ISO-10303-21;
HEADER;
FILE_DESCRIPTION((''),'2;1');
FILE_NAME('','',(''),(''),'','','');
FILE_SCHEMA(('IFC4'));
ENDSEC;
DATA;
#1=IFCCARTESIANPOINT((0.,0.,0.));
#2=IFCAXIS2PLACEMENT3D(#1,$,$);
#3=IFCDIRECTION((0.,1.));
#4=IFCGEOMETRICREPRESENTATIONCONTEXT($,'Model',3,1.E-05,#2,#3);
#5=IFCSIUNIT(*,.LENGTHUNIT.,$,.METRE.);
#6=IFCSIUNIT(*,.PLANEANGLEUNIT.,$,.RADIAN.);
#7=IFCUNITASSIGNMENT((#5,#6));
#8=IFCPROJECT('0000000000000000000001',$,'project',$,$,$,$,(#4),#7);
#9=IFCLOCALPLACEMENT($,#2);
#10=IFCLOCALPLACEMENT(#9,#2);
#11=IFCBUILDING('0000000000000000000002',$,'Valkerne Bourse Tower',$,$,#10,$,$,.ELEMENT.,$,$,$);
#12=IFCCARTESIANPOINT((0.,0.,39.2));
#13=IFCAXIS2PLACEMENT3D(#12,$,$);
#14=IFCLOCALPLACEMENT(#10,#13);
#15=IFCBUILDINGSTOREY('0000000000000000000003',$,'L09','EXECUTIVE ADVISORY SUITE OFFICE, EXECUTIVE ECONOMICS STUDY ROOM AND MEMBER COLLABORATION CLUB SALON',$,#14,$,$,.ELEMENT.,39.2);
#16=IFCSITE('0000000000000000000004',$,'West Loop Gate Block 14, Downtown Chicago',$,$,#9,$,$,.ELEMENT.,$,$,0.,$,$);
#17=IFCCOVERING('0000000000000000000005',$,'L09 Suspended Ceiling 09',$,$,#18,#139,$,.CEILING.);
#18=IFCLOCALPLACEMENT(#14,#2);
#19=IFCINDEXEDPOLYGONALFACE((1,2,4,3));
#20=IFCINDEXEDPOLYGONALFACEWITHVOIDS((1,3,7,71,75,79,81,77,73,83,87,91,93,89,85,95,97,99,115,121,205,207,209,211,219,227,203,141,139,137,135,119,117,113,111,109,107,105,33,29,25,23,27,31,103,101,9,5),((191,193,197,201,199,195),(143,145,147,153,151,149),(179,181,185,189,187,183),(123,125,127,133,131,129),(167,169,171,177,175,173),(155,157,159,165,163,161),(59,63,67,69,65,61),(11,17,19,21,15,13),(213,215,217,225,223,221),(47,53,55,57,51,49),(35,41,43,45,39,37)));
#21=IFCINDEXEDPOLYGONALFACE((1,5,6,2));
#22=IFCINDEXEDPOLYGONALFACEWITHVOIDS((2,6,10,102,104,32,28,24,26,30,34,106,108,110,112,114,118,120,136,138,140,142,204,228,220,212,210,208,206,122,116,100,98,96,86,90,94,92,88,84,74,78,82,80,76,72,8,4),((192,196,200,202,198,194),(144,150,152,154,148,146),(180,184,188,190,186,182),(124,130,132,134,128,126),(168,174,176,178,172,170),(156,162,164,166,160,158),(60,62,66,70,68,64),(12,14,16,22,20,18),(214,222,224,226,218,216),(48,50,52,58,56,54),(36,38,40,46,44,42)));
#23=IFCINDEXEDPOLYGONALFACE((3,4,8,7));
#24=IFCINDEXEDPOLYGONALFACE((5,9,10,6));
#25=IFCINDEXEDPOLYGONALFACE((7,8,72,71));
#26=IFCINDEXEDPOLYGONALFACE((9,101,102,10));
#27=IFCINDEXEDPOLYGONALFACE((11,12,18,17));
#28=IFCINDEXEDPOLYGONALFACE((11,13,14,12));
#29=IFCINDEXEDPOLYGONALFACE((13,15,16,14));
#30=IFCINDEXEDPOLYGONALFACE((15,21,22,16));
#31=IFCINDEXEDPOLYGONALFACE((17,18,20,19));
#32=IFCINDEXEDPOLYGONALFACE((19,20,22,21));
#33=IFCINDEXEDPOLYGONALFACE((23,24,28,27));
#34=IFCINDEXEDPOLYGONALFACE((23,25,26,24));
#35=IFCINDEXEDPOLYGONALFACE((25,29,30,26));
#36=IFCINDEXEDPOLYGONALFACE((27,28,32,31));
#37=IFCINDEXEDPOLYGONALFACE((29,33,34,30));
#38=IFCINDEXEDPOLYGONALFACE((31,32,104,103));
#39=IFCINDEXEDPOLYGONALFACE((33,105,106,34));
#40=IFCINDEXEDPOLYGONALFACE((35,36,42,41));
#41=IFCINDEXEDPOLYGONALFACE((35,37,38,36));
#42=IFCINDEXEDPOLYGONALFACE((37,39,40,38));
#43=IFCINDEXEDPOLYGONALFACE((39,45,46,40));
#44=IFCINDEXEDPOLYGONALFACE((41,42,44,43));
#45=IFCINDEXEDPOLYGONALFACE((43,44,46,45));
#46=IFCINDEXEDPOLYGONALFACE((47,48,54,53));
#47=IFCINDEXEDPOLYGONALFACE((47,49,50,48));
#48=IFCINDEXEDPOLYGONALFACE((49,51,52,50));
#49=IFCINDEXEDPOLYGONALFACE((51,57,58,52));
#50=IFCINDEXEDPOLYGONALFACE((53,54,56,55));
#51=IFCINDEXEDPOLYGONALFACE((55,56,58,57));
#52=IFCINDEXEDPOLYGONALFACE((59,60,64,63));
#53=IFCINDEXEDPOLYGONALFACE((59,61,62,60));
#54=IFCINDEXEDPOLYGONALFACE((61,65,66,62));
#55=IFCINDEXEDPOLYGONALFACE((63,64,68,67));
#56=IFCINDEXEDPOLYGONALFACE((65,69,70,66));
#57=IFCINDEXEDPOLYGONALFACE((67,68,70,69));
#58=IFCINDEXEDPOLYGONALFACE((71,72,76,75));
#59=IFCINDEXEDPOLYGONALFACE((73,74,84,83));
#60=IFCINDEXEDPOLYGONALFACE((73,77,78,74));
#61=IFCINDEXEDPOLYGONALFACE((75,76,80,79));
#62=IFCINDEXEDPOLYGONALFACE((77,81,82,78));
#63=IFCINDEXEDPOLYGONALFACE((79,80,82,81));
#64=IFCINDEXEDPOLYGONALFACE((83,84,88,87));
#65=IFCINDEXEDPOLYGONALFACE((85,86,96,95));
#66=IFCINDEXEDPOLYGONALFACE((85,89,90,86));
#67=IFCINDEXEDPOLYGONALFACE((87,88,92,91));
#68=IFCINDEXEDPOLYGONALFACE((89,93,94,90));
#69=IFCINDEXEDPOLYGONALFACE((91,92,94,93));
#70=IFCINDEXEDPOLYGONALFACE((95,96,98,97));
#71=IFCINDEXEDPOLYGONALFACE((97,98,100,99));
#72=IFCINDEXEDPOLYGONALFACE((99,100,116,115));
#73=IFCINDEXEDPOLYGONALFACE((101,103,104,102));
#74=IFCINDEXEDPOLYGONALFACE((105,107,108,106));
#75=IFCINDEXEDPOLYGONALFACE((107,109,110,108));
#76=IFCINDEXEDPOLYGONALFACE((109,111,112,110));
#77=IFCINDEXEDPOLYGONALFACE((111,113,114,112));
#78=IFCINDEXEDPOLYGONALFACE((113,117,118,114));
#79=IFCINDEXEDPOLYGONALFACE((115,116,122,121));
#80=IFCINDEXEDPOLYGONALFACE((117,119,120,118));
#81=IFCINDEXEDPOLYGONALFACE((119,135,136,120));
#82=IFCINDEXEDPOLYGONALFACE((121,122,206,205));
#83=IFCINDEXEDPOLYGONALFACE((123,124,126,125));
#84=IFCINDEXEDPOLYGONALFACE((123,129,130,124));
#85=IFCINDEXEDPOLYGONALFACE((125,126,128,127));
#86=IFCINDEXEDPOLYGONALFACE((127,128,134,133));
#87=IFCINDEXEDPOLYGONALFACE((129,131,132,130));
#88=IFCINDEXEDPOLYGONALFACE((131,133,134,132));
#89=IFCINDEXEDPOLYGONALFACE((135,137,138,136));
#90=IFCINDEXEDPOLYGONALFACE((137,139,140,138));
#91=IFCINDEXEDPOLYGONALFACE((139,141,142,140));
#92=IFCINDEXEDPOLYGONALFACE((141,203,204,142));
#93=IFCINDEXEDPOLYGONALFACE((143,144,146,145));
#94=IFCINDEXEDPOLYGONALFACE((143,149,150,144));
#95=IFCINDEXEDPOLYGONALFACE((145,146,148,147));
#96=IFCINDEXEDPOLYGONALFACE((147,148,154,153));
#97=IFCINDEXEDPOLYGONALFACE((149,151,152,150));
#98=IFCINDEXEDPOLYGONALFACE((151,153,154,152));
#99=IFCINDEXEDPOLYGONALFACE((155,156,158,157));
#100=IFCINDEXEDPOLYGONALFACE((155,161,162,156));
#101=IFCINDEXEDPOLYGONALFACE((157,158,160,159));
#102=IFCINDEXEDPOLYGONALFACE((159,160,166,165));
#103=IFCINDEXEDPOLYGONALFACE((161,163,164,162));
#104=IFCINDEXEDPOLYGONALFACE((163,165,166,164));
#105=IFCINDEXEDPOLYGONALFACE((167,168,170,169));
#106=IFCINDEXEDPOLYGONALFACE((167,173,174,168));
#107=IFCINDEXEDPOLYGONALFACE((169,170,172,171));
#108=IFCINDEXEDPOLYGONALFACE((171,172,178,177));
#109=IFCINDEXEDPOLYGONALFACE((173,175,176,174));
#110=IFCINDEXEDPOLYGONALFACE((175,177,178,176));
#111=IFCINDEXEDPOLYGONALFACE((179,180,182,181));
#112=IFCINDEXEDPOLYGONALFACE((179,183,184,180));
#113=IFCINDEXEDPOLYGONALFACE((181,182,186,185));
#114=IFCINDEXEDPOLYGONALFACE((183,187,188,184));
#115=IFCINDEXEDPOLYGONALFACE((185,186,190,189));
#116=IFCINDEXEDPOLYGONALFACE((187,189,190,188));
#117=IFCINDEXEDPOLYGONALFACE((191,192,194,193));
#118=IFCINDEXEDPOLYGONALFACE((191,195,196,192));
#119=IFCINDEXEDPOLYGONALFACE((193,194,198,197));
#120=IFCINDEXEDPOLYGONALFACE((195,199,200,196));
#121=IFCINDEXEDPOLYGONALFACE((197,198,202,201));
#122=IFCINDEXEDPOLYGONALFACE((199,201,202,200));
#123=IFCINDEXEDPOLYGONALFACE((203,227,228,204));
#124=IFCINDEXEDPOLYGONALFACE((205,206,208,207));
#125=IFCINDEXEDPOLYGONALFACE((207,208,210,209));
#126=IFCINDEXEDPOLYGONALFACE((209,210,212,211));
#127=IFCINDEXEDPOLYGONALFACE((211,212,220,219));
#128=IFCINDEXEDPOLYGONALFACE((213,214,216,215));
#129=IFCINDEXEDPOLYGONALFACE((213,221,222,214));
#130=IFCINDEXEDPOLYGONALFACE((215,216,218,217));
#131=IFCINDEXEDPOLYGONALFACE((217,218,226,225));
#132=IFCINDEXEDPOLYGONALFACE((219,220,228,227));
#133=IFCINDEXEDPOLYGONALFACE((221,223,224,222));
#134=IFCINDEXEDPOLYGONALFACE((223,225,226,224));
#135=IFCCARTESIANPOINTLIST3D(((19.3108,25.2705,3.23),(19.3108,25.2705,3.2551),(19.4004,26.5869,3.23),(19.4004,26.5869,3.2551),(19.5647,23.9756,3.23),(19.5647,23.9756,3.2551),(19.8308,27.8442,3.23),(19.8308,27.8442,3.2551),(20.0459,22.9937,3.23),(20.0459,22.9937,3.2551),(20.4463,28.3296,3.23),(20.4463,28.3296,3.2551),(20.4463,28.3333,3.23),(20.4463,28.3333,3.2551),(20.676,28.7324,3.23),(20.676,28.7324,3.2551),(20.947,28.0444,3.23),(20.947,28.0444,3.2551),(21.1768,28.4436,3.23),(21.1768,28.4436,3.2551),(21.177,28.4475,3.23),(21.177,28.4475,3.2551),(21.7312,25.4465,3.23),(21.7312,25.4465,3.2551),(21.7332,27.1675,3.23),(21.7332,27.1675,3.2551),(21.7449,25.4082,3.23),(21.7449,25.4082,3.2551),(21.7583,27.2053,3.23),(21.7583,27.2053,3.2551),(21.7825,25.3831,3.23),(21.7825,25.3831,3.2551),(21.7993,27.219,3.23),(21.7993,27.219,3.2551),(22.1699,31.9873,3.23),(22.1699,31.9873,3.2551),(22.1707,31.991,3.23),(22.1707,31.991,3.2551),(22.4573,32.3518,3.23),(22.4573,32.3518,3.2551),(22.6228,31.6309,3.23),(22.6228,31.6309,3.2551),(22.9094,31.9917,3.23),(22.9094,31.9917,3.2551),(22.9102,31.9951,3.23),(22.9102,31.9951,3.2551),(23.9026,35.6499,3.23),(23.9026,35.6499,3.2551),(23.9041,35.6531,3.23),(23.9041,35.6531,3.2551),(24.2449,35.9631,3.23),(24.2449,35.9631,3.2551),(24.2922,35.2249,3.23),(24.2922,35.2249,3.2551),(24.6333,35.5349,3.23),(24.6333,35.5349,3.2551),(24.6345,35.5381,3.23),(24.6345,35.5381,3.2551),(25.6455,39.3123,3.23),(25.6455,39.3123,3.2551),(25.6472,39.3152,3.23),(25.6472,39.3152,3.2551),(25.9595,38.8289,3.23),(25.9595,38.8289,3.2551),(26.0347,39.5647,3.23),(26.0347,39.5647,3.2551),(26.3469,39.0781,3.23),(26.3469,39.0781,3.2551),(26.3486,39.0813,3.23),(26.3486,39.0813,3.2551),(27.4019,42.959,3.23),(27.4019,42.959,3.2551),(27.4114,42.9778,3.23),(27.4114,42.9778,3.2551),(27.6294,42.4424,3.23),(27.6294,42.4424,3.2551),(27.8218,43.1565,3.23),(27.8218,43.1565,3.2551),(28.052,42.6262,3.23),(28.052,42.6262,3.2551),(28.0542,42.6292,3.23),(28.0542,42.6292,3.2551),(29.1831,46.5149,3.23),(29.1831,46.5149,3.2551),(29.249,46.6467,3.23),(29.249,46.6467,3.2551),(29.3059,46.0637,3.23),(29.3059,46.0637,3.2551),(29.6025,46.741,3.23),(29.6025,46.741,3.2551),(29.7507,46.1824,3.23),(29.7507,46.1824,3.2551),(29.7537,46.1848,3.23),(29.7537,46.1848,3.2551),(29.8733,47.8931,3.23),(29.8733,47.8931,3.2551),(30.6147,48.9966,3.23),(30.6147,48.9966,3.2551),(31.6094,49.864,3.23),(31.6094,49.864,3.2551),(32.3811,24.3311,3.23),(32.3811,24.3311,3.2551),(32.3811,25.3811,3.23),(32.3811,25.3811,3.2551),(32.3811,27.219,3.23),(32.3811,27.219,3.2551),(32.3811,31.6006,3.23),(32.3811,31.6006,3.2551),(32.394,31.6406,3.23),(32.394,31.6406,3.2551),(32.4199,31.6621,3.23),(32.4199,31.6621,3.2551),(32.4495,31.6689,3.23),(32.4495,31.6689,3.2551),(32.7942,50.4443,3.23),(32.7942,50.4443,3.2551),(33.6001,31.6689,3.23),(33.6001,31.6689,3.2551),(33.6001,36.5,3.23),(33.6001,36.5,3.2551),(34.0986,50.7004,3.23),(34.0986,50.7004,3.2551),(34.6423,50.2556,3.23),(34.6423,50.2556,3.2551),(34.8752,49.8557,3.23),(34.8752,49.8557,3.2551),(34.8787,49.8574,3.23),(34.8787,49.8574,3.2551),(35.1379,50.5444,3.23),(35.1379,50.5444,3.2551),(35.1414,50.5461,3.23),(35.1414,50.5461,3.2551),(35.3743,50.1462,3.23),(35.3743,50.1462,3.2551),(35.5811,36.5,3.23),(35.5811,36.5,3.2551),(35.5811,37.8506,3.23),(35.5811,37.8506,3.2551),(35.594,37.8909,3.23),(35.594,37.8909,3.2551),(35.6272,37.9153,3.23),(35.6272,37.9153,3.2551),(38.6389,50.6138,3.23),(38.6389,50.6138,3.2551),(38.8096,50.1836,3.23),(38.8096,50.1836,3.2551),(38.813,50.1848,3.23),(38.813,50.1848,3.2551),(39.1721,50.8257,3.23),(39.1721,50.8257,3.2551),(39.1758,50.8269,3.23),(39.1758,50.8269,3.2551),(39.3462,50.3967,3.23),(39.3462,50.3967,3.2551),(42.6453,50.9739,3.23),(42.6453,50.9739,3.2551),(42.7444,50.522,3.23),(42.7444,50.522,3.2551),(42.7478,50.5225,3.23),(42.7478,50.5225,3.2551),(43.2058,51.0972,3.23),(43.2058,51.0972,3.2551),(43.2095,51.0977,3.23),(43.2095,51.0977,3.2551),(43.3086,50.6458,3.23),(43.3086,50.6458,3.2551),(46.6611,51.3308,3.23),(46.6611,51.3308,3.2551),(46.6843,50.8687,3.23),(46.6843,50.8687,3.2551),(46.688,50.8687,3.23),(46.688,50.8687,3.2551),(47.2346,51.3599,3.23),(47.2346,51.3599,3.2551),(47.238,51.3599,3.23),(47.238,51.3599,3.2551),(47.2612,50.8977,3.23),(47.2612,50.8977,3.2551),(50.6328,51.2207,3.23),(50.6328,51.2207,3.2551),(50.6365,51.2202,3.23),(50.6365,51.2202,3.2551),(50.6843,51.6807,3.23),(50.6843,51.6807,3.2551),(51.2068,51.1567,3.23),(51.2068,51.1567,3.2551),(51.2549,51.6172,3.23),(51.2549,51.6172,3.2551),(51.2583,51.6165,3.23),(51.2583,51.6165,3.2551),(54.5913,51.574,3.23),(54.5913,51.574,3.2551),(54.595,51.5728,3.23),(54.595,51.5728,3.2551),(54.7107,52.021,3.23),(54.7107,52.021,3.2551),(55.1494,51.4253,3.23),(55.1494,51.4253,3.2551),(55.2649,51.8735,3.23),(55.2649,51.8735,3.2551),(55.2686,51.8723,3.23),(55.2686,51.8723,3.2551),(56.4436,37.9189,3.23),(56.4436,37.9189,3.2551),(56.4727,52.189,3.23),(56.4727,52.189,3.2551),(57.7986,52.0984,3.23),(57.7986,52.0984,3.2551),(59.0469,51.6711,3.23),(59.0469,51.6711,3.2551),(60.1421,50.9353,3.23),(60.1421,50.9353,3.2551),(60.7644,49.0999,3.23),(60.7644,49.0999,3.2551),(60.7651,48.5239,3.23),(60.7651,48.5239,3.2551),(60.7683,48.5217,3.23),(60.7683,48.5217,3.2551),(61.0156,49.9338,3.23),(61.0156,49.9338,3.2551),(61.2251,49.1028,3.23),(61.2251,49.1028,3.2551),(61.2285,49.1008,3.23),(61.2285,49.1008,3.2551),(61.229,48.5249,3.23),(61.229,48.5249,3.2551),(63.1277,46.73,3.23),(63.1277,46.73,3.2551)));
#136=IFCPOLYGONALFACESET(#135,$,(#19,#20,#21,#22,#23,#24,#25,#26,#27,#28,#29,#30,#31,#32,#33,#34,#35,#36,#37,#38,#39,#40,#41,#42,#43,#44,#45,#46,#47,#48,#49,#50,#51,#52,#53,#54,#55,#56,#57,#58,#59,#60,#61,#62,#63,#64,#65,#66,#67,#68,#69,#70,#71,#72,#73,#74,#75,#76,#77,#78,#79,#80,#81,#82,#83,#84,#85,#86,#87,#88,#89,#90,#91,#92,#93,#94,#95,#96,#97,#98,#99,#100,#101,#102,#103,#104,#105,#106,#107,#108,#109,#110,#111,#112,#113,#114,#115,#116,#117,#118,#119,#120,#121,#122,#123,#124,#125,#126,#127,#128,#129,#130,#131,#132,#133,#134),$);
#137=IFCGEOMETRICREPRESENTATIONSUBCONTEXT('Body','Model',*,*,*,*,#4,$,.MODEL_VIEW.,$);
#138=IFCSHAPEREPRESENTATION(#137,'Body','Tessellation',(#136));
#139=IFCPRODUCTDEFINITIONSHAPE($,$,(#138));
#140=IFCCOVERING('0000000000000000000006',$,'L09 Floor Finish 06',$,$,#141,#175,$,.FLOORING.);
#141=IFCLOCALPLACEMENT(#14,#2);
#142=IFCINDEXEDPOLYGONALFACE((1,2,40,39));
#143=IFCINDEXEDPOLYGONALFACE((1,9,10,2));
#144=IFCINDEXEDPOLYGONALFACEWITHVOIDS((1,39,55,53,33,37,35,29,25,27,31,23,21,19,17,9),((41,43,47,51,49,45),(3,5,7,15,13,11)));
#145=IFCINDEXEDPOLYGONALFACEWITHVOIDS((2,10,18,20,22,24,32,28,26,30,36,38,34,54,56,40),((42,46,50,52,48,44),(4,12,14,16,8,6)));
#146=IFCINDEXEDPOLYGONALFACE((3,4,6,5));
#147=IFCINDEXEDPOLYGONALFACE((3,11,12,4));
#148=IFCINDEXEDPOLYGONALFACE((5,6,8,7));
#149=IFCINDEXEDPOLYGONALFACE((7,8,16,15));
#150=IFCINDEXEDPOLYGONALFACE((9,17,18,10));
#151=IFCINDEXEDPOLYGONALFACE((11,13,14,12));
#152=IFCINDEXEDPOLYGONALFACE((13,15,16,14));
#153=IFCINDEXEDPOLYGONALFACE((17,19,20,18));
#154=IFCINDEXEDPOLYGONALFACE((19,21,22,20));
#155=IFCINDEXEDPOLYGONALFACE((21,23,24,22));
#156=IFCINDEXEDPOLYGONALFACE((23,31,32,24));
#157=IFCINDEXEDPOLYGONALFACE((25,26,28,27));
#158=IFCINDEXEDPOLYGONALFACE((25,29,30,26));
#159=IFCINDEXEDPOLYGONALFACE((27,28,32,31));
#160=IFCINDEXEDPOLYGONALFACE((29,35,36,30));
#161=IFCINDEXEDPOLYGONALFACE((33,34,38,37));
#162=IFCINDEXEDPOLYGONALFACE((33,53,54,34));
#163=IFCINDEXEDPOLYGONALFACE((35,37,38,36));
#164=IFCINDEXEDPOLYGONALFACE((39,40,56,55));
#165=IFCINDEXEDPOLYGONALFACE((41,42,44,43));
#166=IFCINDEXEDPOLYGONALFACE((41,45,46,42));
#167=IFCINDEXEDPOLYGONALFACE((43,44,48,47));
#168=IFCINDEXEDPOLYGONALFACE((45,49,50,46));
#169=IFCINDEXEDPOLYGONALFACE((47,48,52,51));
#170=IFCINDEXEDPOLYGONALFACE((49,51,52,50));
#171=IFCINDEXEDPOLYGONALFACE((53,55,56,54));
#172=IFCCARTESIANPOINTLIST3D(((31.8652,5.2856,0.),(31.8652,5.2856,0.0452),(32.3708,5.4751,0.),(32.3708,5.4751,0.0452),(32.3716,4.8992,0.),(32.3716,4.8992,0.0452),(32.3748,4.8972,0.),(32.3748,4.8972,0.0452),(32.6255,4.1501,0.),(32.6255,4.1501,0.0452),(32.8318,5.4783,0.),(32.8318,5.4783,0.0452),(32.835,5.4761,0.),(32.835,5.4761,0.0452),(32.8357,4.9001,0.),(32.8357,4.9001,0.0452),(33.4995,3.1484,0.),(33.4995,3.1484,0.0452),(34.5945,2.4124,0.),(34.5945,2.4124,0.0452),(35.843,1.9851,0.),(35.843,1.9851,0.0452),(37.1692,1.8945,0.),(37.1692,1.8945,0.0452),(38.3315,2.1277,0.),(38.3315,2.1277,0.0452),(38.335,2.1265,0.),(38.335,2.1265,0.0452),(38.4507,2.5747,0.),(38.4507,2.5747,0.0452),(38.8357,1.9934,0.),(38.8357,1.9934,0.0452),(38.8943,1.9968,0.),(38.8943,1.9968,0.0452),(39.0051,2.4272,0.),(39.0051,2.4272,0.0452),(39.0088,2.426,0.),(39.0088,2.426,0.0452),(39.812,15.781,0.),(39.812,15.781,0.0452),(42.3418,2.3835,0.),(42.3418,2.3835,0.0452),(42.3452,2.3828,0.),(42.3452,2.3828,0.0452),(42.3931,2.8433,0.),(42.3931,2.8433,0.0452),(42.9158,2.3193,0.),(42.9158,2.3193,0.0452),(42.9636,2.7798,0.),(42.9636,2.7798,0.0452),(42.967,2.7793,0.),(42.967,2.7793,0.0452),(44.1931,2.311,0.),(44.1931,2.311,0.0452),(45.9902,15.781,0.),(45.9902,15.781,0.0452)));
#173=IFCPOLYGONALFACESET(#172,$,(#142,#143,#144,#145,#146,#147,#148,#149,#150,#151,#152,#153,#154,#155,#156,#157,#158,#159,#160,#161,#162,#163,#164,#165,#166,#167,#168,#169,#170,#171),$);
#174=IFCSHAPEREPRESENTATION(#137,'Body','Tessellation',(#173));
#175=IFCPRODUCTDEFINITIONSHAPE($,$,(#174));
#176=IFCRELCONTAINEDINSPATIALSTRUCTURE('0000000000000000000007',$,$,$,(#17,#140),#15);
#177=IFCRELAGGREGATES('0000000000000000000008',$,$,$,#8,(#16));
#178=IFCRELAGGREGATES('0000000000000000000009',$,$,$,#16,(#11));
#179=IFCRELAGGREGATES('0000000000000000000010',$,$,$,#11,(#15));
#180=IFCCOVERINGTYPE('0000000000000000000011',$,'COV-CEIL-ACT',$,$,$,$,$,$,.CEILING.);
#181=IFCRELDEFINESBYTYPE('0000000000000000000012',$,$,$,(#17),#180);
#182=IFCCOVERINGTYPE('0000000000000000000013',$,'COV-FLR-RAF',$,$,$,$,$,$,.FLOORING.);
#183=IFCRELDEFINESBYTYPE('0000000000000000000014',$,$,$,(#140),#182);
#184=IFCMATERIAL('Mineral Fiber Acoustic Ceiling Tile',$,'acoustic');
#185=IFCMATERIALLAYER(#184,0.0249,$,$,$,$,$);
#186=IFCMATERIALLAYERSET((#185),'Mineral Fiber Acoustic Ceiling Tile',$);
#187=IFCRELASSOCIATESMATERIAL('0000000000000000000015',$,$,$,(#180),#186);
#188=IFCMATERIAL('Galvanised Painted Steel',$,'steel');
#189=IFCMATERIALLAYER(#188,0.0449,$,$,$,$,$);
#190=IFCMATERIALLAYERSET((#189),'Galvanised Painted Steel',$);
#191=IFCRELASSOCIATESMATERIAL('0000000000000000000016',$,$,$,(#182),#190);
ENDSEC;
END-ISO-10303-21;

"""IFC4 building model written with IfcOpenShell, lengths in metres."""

from ifc_helpers import new_model, si_unit, direction, frame, origin, place, context, subcontext, project, spatial, polyline, outline, extrude, material, layer, layer_set, type_object, element, save


model = new_model("IFC4")

# Units and contexts
model_context = context("Model", 3, precision=1e-05, world=origin(), true_north=direction((0.0, 1.0)))
body_context = subcontext(model_context, "Body", "Model", "MODEL_VIEW")
ifc_project = project(units=[si_unit("LENGTHUNIT", "METRE"), si_unit("PLANEANGLEUNIT", "RADIAN")], contexts=[model_context])

# Site, building, storey
site_placement = place(None, origin())
site = spatial("IfcSite", under=ifc_project, at=site_placement, Name="West Loop Gate Block 14, Downtown Chicago", CompositionType="ELEMENT", RefElevation=0.0)
building_placement = place(site_placement, origin())
building = spatial("IfcBuilding", under=site, at=building_placement, Name="Valkerne Bourse Tower", CompositionType="ELEMENT")
storey_placement = place(building_placement, frame((0.0, 0.0, 39.2)))
storey = spatial("IfcBuildingStorey", under=building, at=storey_placement, Name="L09", Description="EXECUTIVE ADVISORY SUITE OFFICE, EXECUTIVE ECONOMICS STUDY ROOM AND MEMBER COLLABORATION CLUB SALON", CompositionType="ELEMENT", Elevation=39.2)

# Coverings
ifc_material_1 = material(Name="Mineral Fiber Acoustic Ceiling Tile", Category="acoustic")
ifc_layer_1 = layer(ifc_material_1, 0.0249)
ifc_layer_set_1 = layer_set([ifc_layer_1], Name="Mineral Fiber Acoustic Ceiling Tile")
covering_type_1 = type_object("IfcCoveringType", Name="COV-CEIL-ACT", PredefinedType="CEILING", material=ifc_layer_set_1)
covering_1_placement = place(storey_placement, frame((0.0, 0.0, 3.23)))
element("IfcCovering", 1, at=covering_1_placement, inside=storey, type_object=covering_type_1, Name="L09 Suspended Ceiling 09", PredefinedType="CEILING", context=body_context, shape_type="SweptSolid", body=[
    extrude(outline(polyline([(19.4004, 26.5869), (19.8308, 27.8442), (27.4019, 42.959), (27.6294, 42.4424), (28.052, 42.6262), (28.0542, 42.6292), (27.8218, 43.1565), (27.4114, 42.9778), (29.1831, 46.5149), (29.3059, 46.0637), (29.7507, 46.1824), (29.7537, 46.1848), (29.6025, 46.741), (29.249, 46.6467), (29.8733, 47.8931), (30.6147, 48.9966), (31.6094, 49.864), (32.7942, 50.4443), (34.0986, 50.7004), (56.4727, 52.189), (57.7986, 52.0984), (59.0469, 51.6711), (60.1421, 50.9353), (61.0156, 49.9338), (63.1277, 46.73), (56.4436, 37.9189), (35.6272, 37.9153), (35.594, 37.8909), (35.5811, 37.8506), (35.5811, 36.5), (33.6001, 36.5), (33.6001, 31.6689), (32.4495, 31.6689), (32.4199, 31.6621), (32.394, 31.6406), (32.3811, 31.6006), (32.3811, 27.219), (21.7993, 27.219), (21.7583, 27.2053), (21.7332, 27.1675), (21.7312, 25.4465), (21.7449, 25.4082), (21.7825, 25.3831), (32.3811, 25.3811), (32.3811, 24.3311), (20.0459, 22.9937), (19.5647, 23.9756), (19.3108, 25.2705), (19.4004, 26.5869)]), holes=[polyline([(21.177, 28.4475), (20.676, 28.7324), (20.4463, 28.3333), (20.4463, 28.3296), (20.947, 28.0444), (21.1768, 28.4436), (21.177, 28.4475)]), polyline([(22.9094, 31.9917), (22.9102, 31.9951), (22.4573, 32.3518), (22.1707, 31.991), (22.1699, 31.9873), (22.6228, 31.6309), (22.9094, 31.9917)]), polyline([(24.6345, 35.5381), (24.2449, 35.9631), (23.9041, 35.6531), (23.9026, 35.6499), (24.2922, 35.2249), (24.6333, 35.5349), (24.6345, 35.5381)]), polyline([(26.3469, 39.0781), (26.3486, 39.0813), (26.0347, 39.5647), (25.6472, 39.3152), (25.6455, 39.3123), (25.9595, 38.8289), (26.3469, 39.0781)]), polyline([(34.8787, 49.8574), (35.3743, 50.1462), (35.1414, 50.5461), (35.1379, 50.5444), (34.6423, 50.2556), (34.8752, 49.8557), (34.8787, 49.8574)]), polyline([(38.813, 50.1848), (39.3462, 50.3967), (39.1758, 50.8269), (39.1721, 50.8257), (38.6389, 50.6138), (38.8096, 50.1836), (38.813, 50.1848)]), polyline([(42.7478, 50.5225), (43.3086, 50.6458), (43.2095, 51.0977), (43.2058, 51.0972), (42.6453, 50.9739), (42.7444, 50.522), (42.7478, 50.5225)]), polyline([(47.238, 51.3599), (47.2346, 51.3599), (46.6611, 51.3308), (46.6843, 50.8687), (46.688, 50.8687), (47.2612, 50.8977), (47.238, 51.3599)]), polyline([(51.2583, 51.6165), (51.2549, 51.6172), (50.6843, 51.6807), (50.6328, 51.2207), (50.6365, 51.2202), (51.2068, 51.1567), (51.2583, 51.6165)]), polyline([(55.2686, 51.8723), (55.2649, 51.8735), (54.7107, 52.021), (54.5913, 51.574), (54.595, 51.5728), (55.1494, 51.4253), (55.2686, 51.8723)]), polyline([(61.229, 48.5249), (61.2285, 49.1008), (61.2251, 49.1028), (60.7644, 49.0999), (60.7651, 48.5239), (60.7683, 48.5217), (61.229, 48.5249)])]), origin(), (0.0, 0.0, 1.0), 0.0251),
])
ifc_material_2 = material(Name="Galvanised Painted Steel", Category="steel")
ifc_layer_2 = layer(ifc_material_2, 0.0449)
ifc_layer_set_2 = layer_set([ifc_layer_2], Name="Galvanised Painted Steel")
covering_type_2 = type_object("IfcCoveringType", Name="COV-FLR-RAF", PredefinedType="FLOORING", material=ifc_layer_set_2)
covering_2_placement = place(storey_placement, origin())
element("IfcCovering", 2, at=covering_2_placement, inside=storey, type_object=covering_type_2, Name="L09 Floor Finish 06", PredefinedType="FLOORING", context=body_context, shape_type="SweptSolid", body=[
    extrude(outline(polyline([(34.5945, 2.4124), (33.4995, 3.1484), (32.6255, 4.1501), (31.8652, 5.2856), (39.812, 15.781), (45.9902, 15.781), (44.1931, 2.311), (38.8943, 1.9968), (39.0088, 2.426), (39.0051, 2.4272), (38.4507, 2.5747), (38.3315, 2.1277), (38.335, 2.1265), (38.8357, 1.9934), (37.1692, 1.8945), (35.843, 1.9851), (34.5945, 2.4124)]), holes=[polyline([(32.835, 5.4761), (32.8318, 5.4783), (32.3708, 5.4751), (32.3716, 4.8992), (32.3748, 4.8972), (32.8357, 4.9001), (32.835, 5.4761)]), polyline([(42.9636, 2.7798), (42.3931, 2.8433), (42.3418, 2.3835), (42.3452, 2.3828), (42.9158, 2.3193), (42.967, 2.7793), (42.9636, 2.7798)])]), origin(), (0.0, 0.0, 1.0), 0.0452),
])

save(model, "model.ifc")
